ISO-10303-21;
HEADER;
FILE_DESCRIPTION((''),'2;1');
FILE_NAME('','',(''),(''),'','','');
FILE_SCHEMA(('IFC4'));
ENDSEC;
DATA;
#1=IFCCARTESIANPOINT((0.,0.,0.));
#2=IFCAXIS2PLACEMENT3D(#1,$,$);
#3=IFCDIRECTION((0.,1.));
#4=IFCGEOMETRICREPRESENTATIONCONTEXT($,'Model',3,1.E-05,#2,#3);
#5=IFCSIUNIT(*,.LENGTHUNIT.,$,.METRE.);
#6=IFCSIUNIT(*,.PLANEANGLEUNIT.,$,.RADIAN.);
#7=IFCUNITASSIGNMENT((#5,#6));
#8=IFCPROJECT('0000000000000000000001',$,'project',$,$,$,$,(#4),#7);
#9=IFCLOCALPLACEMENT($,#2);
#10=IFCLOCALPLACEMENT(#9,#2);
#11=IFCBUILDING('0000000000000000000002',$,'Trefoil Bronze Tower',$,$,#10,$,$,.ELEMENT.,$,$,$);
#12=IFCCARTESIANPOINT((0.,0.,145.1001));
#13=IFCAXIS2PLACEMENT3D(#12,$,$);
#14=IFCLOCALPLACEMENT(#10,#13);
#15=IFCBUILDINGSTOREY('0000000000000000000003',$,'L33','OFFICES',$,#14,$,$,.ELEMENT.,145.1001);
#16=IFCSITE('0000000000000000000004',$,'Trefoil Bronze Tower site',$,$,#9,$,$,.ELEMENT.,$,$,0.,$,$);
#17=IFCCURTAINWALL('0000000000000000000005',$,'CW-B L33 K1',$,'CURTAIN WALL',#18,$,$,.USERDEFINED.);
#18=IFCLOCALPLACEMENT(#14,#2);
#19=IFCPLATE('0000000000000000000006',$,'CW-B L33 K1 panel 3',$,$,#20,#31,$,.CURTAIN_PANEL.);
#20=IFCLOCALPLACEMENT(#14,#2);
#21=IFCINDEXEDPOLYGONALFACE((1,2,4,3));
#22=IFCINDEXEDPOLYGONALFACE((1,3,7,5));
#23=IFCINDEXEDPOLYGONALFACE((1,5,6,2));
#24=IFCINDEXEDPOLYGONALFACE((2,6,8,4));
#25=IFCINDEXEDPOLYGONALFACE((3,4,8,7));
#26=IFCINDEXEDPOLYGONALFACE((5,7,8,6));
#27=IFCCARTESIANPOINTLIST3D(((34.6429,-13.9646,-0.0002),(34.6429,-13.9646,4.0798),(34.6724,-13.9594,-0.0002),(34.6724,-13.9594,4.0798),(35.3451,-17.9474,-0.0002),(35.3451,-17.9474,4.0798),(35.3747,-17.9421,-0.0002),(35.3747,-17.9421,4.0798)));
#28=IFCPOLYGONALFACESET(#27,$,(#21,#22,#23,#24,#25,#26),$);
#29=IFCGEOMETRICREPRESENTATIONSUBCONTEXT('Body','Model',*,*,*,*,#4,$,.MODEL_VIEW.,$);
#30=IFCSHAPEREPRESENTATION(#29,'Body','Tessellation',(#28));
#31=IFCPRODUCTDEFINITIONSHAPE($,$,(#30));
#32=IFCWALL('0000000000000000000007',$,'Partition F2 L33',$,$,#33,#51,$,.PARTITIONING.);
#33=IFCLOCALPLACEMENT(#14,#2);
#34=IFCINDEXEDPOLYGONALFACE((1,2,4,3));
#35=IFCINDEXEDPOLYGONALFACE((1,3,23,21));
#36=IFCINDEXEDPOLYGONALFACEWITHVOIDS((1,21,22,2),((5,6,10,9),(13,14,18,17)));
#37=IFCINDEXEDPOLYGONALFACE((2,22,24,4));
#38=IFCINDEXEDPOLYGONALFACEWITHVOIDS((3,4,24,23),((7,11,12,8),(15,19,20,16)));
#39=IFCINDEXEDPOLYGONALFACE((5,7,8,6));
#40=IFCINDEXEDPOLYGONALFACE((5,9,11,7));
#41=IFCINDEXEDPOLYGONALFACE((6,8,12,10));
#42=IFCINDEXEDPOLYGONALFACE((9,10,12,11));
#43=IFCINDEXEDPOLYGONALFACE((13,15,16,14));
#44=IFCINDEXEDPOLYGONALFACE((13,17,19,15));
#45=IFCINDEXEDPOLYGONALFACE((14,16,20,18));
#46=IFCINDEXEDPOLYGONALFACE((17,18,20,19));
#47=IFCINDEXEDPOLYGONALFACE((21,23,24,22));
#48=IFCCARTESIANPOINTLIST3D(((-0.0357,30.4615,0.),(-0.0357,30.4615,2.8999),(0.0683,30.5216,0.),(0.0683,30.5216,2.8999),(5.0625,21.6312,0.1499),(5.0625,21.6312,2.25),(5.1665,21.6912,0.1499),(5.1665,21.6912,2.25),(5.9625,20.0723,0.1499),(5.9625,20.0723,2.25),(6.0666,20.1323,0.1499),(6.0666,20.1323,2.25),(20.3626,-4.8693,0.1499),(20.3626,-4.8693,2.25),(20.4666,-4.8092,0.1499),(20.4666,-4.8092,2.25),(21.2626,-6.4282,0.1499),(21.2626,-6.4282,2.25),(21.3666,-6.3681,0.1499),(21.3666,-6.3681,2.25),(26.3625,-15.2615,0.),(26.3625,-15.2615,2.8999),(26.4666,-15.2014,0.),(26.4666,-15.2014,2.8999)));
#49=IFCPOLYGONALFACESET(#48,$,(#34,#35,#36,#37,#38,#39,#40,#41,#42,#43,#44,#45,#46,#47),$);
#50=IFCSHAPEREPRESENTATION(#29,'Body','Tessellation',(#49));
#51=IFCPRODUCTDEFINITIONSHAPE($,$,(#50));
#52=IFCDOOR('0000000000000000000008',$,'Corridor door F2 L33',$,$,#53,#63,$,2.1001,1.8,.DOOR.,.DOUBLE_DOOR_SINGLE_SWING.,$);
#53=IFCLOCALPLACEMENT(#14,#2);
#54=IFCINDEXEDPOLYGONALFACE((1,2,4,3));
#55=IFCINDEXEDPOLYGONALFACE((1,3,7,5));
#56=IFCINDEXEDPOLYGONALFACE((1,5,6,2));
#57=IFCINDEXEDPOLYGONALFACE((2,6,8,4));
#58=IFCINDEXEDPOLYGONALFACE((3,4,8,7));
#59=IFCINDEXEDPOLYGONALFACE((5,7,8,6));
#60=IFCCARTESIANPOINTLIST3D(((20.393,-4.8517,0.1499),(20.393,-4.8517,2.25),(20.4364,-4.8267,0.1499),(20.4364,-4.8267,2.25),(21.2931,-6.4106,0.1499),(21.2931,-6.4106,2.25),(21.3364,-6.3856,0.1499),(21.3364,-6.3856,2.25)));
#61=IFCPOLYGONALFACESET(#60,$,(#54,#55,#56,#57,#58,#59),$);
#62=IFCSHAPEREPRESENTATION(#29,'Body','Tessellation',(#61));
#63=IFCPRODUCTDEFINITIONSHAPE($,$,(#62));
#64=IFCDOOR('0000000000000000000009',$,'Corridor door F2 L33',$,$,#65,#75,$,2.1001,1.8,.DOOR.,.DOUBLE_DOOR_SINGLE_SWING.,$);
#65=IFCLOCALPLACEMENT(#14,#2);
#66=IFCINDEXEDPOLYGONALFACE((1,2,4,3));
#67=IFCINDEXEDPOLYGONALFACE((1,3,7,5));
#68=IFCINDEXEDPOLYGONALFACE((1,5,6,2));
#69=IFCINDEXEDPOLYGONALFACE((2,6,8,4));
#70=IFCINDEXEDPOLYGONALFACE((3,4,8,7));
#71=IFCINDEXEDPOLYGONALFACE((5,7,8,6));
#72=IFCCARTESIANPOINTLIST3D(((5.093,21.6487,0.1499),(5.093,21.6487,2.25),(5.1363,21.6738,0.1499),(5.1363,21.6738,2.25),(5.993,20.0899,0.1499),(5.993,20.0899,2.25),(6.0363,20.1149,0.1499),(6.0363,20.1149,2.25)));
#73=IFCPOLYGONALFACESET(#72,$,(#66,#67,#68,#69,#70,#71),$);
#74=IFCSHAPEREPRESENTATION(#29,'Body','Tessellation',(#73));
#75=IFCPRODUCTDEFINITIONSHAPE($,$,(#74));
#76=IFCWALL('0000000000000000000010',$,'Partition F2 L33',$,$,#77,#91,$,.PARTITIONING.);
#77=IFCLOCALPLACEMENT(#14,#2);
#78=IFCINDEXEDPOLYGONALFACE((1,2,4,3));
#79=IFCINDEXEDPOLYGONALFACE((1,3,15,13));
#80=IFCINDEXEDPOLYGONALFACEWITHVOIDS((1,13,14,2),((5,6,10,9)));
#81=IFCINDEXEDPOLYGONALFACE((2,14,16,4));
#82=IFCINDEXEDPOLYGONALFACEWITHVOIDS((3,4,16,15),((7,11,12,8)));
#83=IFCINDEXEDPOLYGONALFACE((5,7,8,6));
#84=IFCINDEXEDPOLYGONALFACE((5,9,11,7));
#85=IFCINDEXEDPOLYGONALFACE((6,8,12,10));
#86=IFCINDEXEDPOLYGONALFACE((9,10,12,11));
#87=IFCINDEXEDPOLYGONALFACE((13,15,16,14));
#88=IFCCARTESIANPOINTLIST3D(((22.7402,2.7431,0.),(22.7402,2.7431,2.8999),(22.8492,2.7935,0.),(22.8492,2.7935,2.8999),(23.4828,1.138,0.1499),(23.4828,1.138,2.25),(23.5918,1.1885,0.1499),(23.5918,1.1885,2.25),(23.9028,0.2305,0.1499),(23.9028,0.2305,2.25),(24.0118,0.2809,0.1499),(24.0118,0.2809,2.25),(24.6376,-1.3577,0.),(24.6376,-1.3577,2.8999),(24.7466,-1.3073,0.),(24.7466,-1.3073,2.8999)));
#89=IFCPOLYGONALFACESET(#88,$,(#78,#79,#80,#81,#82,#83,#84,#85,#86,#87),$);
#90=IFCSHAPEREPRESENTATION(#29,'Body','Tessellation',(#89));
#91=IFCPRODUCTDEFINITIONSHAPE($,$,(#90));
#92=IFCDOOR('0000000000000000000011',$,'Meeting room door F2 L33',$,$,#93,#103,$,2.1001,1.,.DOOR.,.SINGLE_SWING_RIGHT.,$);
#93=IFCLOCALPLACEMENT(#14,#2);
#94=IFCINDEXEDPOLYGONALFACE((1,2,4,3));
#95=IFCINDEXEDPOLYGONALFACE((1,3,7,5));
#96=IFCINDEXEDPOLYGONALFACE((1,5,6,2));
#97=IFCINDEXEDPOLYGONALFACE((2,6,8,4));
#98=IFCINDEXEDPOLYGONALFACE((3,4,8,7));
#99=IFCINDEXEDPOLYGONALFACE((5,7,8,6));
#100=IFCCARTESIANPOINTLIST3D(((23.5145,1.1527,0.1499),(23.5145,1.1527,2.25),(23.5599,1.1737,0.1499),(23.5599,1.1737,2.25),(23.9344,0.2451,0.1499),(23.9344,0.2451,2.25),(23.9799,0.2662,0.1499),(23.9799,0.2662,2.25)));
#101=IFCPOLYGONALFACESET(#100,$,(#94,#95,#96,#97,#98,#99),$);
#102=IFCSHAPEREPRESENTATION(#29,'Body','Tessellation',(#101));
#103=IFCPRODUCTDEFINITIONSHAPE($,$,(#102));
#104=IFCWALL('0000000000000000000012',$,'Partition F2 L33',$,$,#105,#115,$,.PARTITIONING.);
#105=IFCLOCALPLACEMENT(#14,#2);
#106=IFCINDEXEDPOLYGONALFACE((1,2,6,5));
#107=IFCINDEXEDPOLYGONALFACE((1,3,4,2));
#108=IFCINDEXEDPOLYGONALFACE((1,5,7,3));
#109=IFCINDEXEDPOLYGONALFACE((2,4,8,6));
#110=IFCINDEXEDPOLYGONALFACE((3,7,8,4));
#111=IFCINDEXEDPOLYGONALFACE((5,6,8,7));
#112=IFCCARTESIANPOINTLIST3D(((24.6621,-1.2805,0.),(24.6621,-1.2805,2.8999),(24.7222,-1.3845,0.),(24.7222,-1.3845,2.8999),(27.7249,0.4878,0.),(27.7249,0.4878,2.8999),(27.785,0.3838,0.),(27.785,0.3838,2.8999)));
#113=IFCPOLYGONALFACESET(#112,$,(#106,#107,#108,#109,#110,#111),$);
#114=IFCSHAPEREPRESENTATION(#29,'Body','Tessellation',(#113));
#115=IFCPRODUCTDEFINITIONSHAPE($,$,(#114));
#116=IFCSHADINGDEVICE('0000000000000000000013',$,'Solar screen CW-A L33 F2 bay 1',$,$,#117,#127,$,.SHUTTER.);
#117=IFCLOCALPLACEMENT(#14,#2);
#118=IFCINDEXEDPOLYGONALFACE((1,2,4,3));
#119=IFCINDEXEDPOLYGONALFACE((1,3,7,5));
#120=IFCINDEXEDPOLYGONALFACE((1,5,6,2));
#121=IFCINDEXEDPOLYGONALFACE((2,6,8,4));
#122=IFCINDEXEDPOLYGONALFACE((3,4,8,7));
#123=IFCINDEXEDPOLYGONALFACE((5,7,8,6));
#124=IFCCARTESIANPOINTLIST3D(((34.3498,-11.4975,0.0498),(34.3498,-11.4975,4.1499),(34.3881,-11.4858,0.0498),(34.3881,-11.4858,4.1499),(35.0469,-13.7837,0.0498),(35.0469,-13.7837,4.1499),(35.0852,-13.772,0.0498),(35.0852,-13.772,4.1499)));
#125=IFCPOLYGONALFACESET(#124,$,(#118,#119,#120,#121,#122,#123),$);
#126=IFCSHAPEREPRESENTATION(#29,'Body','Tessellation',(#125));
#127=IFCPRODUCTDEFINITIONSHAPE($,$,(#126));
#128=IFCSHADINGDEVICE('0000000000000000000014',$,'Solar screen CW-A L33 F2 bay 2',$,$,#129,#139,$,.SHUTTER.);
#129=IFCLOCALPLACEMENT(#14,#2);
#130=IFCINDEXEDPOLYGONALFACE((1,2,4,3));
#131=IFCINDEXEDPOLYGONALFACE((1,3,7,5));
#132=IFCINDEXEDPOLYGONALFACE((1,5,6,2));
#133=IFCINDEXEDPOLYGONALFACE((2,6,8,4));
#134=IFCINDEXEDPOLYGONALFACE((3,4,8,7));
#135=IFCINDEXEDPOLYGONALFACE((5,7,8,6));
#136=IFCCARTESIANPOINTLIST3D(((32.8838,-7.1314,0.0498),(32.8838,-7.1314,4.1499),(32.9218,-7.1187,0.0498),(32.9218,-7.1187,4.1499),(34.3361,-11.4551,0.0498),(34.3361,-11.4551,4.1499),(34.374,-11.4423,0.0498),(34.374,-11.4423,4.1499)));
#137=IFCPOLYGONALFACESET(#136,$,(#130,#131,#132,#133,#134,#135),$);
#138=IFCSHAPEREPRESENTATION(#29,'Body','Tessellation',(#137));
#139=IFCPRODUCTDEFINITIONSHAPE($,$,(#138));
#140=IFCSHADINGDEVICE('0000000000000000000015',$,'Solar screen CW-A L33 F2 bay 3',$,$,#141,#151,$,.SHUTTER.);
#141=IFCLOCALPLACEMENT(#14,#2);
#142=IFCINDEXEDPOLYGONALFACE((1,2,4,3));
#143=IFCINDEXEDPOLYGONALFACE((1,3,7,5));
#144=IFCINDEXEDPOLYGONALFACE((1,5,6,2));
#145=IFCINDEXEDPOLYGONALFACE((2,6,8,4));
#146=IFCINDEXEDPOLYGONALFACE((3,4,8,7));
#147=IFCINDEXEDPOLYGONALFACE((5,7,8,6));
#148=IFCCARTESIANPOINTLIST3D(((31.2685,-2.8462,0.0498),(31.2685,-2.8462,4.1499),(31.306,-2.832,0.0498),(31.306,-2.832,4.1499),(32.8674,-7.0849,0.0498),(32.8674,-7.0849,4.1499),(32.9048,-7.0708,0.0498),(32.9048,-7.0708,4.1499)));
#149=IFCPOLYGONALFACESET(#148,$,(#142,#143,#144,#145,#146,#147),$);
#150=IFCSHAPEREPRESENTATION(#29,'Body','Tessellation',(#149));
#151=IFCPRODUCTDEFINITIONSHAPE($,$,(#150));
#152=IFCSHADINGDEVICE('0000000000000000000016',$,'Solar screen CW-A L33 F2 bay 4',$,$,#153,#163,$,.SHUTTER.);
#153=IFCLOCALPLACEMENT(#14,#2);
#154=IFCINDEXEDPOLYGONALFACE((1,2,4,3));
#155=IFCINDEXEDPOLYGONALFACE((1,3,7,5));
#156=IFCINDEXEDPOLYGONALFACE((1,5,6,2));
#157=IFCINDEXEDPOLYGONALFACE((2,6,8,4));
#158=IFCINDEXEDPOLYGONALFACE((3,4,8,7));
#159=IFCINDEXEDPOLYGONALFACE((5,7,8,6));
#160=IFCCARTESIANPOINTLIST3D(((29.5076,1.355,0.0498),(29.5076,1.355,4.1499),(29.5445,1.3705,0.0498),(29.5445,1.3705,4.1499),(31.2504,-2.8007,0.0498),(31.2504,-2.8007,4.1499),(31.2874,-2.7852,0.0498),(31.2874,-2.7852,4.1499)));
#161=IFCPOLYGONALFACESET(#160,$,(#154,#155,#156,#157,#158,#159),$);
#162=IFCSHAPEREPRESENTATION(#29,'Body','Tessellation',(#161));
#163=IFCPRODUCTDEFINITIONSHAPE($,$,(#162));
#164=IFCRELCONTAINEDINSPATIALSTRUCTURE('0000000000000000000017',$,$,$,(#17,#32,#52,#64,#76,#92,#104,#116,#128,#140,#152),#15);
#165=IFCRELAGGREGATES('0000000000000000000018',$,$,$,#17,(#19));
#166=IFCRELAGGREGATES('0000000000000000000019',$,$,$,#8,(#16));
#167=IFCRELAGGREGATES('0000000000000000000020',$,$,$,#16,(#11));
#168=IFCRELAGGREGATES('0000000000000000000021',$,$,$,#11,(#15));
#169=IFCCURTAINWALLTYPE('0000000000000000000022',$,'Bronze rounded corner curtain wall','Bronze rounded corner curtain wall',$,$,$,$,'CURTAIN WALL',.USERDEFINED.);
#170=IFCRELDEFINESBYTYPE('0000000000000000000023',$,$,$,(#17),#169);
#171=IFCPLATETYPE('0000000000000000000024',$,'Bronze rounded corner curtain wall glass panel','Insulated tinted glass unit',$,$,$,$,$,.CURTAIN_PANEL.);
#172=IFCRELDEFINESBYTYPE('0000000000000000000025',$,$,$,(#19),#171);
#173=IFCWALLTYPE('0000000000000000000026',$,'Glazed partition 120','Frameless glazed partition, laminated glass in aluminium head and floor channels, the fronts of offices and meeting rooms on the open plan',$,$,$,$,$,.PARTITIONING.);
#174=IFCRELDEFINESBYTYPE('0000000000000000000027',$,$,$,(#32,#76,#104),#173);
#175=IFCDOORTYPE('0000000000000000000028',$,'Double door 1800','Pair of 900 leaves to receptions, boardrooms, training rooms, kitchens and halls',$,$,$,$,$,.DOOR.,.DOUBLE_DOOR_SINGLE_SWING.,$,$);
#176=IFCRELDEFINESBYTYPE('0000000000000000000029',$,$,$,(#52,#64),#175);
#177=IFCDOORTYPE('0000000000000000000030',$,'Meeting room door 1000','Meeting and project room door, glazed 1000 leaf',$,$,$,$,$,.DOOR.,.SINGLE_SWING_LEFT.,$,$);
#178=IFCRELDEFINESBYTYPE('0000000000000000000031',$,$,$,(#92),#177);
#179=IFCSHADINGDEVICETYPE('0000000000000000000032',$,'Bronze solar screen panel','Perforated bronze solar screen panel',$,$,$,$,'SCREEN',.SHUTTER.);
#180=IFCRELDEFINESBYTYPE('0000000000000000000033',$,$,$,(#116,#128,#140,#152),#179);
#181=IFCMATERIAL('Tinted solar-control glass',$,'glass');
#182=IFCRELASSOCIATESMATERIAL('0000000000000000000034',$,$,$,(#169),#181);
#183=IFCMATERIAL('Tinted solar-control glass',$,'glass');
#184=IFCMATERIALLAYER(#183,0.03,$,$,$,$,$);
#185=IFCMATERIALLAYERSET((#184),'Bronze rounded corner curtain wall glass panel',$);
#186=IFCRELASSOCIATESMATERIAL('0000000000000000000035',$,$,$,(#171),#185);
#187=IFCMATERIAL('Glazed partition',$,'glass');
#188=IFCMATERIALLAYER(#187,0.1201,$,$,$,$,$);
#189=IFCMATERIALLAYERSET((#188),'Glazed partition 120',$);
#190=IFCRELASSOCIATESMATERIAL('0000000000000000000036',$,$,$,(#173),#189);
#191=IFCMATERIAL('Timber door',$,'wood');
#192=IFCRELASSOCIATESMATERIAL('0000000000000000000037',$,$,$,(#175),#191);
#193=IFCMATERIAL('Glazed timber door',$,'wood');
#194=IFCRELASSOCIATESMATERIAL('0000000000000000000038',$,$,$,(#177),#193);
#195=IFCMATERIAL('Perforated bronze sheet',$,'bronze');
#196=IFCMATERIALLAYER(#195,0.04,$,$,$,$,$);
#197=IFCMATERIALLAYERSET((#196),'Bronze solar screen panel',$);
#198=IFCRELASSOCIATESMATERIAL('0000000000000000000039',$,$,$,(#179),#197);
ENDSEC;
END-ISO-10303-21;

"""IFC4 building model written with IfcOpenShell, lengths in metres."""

from ifc_helpers import new_model, si_unit, direction, frame, frame_2d, origin, origin_2d, place, context, subcontext, project, spatial, rectangle, extrude, material, layer, layer_set, type_object, element, fill, aggregate, save


model = new_model("IFC4")

# Units and contexts
model_context = context("Model", 3, precision=1e-05, world=origin(), true_north=direction((0.0, 1.0)))
body_context = subcontext(model_context, "Body", "Model", "MODEL_VIEW")
ifc_project = project(units=[si_unit("LENGTHUNIT", "METRE"), si_unit("PLANEANGLEUNIT", "RADIAN")], contexts=[model_context])

# Site, building, storey
site_placement = place(None, origin())
site = spatial("IfcSite", under=ifc_project, at=site_placement, Name="Trefoil Bronze Tower site", CompositionType="ELEMENT", RefElevation=0.0)
building_placement = place(site_placement, origin())
building = spatial("IfcBuilding", under=site, at=building_placement, Name="Trefoil Bronze Tower", CompositionType="ELEMENT")
storey_placement = place(building_placement, frame((0.0, 0.0, 145.1001)))
storey = spatial("IfcBuildingStorey", under=building, at=storey_placement, Name="L33", Description="OFFICES", CompositionType="ELEMENT", Elevation=145.1001)

# Curtain wall
ifc_material_1 = material(Name="Tinted solar-control glass", Category="glass")
curtain_wall_type_1 = type_object("IfcCurtainWallType", Name="Bronze rounded corner curtain wall", Description="Bronze rounded corner curtain wall", ElementType="CURTAIN WALL", PredefinedType="USERDEFINED", material=ifc_material_1)
curtain_wall_1_placement = place(storey_placement, origin())
curtain_wall_1 = element("IfcCurtainWall", 1, at=curtain_wall_1_placement, inside=storey, type_object=curtain_wall_type_1, Name="CW-B L33 K1", ObjectType="CURTAIN WALL", PredefinedType="USERDEFINED")

# Plate
ifc_material_2 = material(Name="Tinted solar-control glass", Category="glass")
ifc_layer_1 = layer(ifc_material_2, 0.03)
ifc_layer_set_1 = layer_set([ifc_layer_1], Name="Bronze rounded corner curtain wall glass panel")
plate_type_1 = type_object("IfcPlateType", Name="Bronze rounded corner curtain wall glass panel", Description="Insulated tinted glass unit", PredefinedType="CURTAIN_PANEL", material=ifc_layer_set_1)
plate_1_placement = place(storey_placement, frame((35.0088, -15.9534, -0.0002), z_axis=(0.0, 0.0, 1.0), x_axis=(-0.173648, 0.984808, 0.0)))
plate_1 = element("IfcPlate", 2, at=plate_1_placement, type_object=plate_type_1, Name="CW-B L33 K1 panel 3", PredefinedType="CURTAIN_PANEL", context=body_context, shape_type="SweptSolid", body=[
    extrude(rectangle(XDim=4.0442, YDim=0.03, at=origin_2d()), origin(), (0.0, 0.0, 1.0), 4.0801),
])
aggregate(curtain_wall_1, [plate_1])

# Wall, openings, doors
ifc_material_3 = material(Name="Glazed partition", Category="glass")
ifc_layer_2 = layer(ifc_material_3, 0.1201)
ifc_layer_set_2 = layer_set([ifc_layer_2], Name="Glazed partition 120")
wall_type = type_object("IfcWallType", Name="Glazed partition 120", Description="Frameless glazed partition, laminated glass in aluminium head and floor channels, the fronts of offices and meeting rooms on the open plan", PredefinedType="PARTITIONING", material=ifc_layer_set_2)
wall_1_placement = place(storey_placement, frame((26.4146, -15.2314, 0.0), z_axis=(0.0, 0.0, 1.0), x_axis=(-0.500001, 0.866025, 0.0)))
wall_1 = element("IfcWall", 3, at=wall_1_placement, inside=storey, type_object=wall_type, Name="Partition F2 L33", PredefinedType="PARTITIONING", context=body_context, shape_type="SweptSolid", body=[
    extrude(rectangle(XDim=52.7964, YDim=0.1201, at=frame_2d((26.3982, 0.0))), origin(), (0.0, 0.0, 1.0), 2.8999),
])
opening_1_placement = place(wall_1_placement, frame((10.2, 0.0, 0.1499)))
opening_1 = element("IfcOpeningElement", 4, at=opening_1_placement, cuts=wall_1, PredefinedType="OPENING", context=body_context, shape_type="SweptSolid", body=[
    extrude(rectangle(XDim=1.8, YDim=2.1001, at=frame_2d((0.8999, 1.05))), frame((0.0, 0.0701, 0.0), z_axis=(0.0, -1.0, 0.0), x_axis=(1.0, 0.0, 0.0)), (0.0, 0.0, 1.0), 0.1401),
])
opening_2_placement = place(wall_1_placement, frame((40.8, 0.0, 0.1499)))
opening_2 = element("IfcOpeningElement", 5, at=opening_2_placement, cuts=wall_1, PredefinedType="OPENING", context=body_context, shape_type="SweptSolid", body=[
    extrude(rectangle(XDim=1.8, YDim=2.1001, at=frame_2d((0.8999, 1.05))), frame((0.0, 0.0701, 0.0), z_axis=(0.0, -1.0, 0.0), x_axis=(1.0, 0.0, 0.0)), (0.0, 0.0, 1.0), 0.1401),
])
ifc_material_4 = material(Name="Timber door", Category="wood")
door_type_1 = type_object("IfcDoorType", Name="Double door 1800", Description="Pair of 900 leaves to receptions, boardrooms, training rooms, kitchens and halls", OperationType="DOUBLE_DOOR_SINGLE_SWING", PredefinedType="DOOR", material=ifc_material_4)
door_1_placement = place(opening_1_placement, origin())
door_1 = element("IfcDoor", 6, at=door_1_placement, inside=storey, type_object=door_type_1, Name="Corridor door F2 L33", OperationType="DOUBLE_DOOR_SINGLE_SWING", OverallHeight=2.1001, OverallWidth=1.8, PredefinedType="DOOR", context=body_context, shape_type="SweptSolid", body=[
    extrude(rectangle(XDim=1.8, YDim=2.1001, at=frame_2d((0.8999, 1.05))), frame((0.0, 0.0249, 0.0), z_axis=(0.0, -1.0, 0.0), x_axis=(1.0, 0.0, 0.0)), (0.0, 0.0, 1.0), 0.05),
])
fill(opening_1, door_1)
door_2_placement = place(opening_2_placement, origin())
door_2 = element("IfcDoor", 7, at=door_2_placement, inside=storey, type_object=door_type_1, Name="Corridor door F2 L33", OperationType="DOUBLE_DOOR_SINGLE_SWING", OverallHeight=2.1001, OverallWidth=1.8, PredefinedType="DOOR", context=body_context, shape_type="SweptSolid", body=[
    extrude(rectangle(XDim=1.8, YDim=2.1001, at=frame_2d((0.8999, 1.05))), frame((0.0, 0.0249, 0.0), z_axis=(0.0, -1.0, 0.0), x_axis=(1.0, 0.0, 0.0)), (0.0, 0.0, 1.0), 0.05),
])
fill(opening_2, door_2)

# Wall, opening, door
wall_2_placement = place(storey_placement, frame((24.6921, -1.3325, 0.0), z_axis=(0.0, 0.0, 1.0), x_axis=(-0.419928, 0.907557, 0.0)))
wall_2 = element("IfcWall", 8, at=wall_2_placement, inside=storey, type_object=wall_type, Name="Partition F2 L33", PredefinedType="PARTITIONING", context=body_context, shape_type="SweptSolid", body=[
    extrude(rectangle(XDim=4.5186, YDim=0.1201, at=frame_2d((2.2593, 0.0))), origin(), (0.0, 0.0, 1.0), 2.8999),
])
opening_3_placement = place(wall_2_placement, frame((1.75, 0.0, 0.1499)))
opening_3 = element("IfcOpeningElement", 9, at=opening_3_placement, cuts=wall_2, PredefinedType="OPENING", context=body_context, shape_type="SweptSolid", body=[
    extrude(rectangle(XDim=1.0, YDim=2.1001, at=frame_2d((0.5, 1.05))), frame((0.0, 0.0701, 0.0), z_axis=(0.0, -1.0, 0.0), x_axis=(1.0, 0.0, 0.0)), (0.0, 0.0, 1.0), 0.1401),
])
ifc_material_5 = material(Name="Glazed timber door", Category="wood")
door_type_2 = type_object("IfcDoorType", Name="Meeting room door 1000", Description="Meeting and project room door, glazed 1000 leaf", OperationType="SINGLE_SWING_LEFT", PredefinedType="DOOR", material=ifc_material_5)
door_3_placement = place(opening_3_placement, frame((1.0, 0.0, 0.0), z_axis=(0.0, 0.0, 1.0), x_axis=(-1.0, 0.0, 0.0)))
door_3 = element("IfcDoor", 10, at=door_3_placement, inside=storey, type_object=door_type_2, Name="Meeting room door F2 L33", OperationType="SINGLE_SWING_RIGHT", OverallHeight=2.1001, OverallWidth=1.0, PredefinedType="DOOR", context=body_context, shape_type="SweptSolid", body=[
    extrude(rectangle(XDim=1.0, YDim=2.1001, at=frame_2d((0.5, 1.05))), frame((0.0, 0.0249, 0.0), z_axis=(0.0, -1.0, 0.0), x_axis=(1.0, 0.0, 0.0)), (0.0, 0.0, 1.0), 0.05),
])
fill(opening_3, door_3)

# Wall
wall_3_placement = place(storey_placement, frame((24.6921, -1.3325, 0.0), z_axis=(0.0, 0.0, 1.0), x_axis=(0.866021, 0.500007, 0.0)))
element("IfcWall", 11, at=wall_3_placement, inside=storey, type_object=wall_type, Name="Partition F2 L33", PredefinedType="PARTITIONING", context=body_context, shape_type="SweptSolid", body=[
    extrude(rectangle(XDim=3.5366, YDim=0.1201, at=frame_2d((1.7683, 0.0))), origin(), (0.0, 0.0, 1.0), 2.8999),
])

# Shading devices
ifc_material_6 = material(Name="Perforated bronze sheet", Category="bronze")
ifc_layer_3 = layer(ifc_material_6, 0.04)
ifc_layer_set_3 = layer_set([ifc_layer_3], Name="Bronze solar screen panel")
shading_device_type = type_object("IfcShadingDeviceType", Name="Bronze solar screen panel", Description="Perforated bronze solar screen panel", ElementType="SCREEN", PredefinedType="SHUTTER", material=ifc_layer_set_3)
shading_device_1_placement = place(storey_placement, frame((34.7175, -12.6348, 0.0498), z_axis=(0.0, 0.0, 1.0), x_axis=(-0.291669, 0.956519, 0.0)))
element("IfcShadingDevice", 12, at=shading_device_1_placement, inside=storey, type_object=shading_device_type, Name="Solar screen CW-A L33 F2 bay 1", PredefinedType="SHUTTER", context=body_context, shape_type="SweptSolid", body=[
    extrude(rectangle(XDim=2.3901, YDim=0.04, at=origin_2d()), origin(), (0.0, 0.0, 1.0), 4.1001),
])
shading_device_2_placement = place(storey_placement, frame((33.6289, -9.2869, 0.0498), z_axis=(0.0, 0.0, 1.0), x_axis=(-0.318404, 0.947955, 0.0)))
element("IfcShadingDevice", 13, at=shading_device_2_placement, inside=storey, type_object=shading_device_type, Name="Solar screen CW-A L33 F2 bay 2", PredefinedType="SHUTTER", context=body_context, shape_type="SweptSolid", body=[
    extrude(rectangle(XDim=4.561, YDim=0.04, at=origin_2d()), origin(), (0.0, 0.0, 1.0), 4.1001),
])
shading_device_3_placement = place(storey_placement, frame((32.0867, -4.9585, 0.0498), z_axis=(0.0, 0.0, 1.0), x_axis=(-0.35292, 0.935654, 0.0)))
element("IfcShadingDevice", 14, at=shading_device_3_placement, inside=storey, type_object=shading_device_type, Name="Solar screen CW-A L33 F2 bay 3", PredefinedType="SHUTTER", context=body_context, shape_type="SweptSolid", body=[
    extrude(rectangle(XDim=4.5303, YDim=0.04, at=origin_2d()), origin(), (0.0, 0.0, 1.0), 4.1001),
])
shading_device_4_placement = place(storey_placement, frame((30.3975, -0.7151, 0.0498), z_axis=(0.0, 0.0, 1.0), x_axis=(-0.386759, 0.922181, 0.0)))
element("IfcShadingDevice", 15, at=shading_device_4_placement, inside=storey, type_object=shading_device_type, Name="Solar screen CW-A L33 F2 bay 4", PredefinedType="SHUTTER", context=body_context, shape_type="SweptSolid", body=[
    extrude(rectangle(XDim=4.5063, YDim=0.04, at=origin_2d()), origin(), (0.0, 0.0, 1.0), 4.1001),
])

save(model, "model.ifc")
